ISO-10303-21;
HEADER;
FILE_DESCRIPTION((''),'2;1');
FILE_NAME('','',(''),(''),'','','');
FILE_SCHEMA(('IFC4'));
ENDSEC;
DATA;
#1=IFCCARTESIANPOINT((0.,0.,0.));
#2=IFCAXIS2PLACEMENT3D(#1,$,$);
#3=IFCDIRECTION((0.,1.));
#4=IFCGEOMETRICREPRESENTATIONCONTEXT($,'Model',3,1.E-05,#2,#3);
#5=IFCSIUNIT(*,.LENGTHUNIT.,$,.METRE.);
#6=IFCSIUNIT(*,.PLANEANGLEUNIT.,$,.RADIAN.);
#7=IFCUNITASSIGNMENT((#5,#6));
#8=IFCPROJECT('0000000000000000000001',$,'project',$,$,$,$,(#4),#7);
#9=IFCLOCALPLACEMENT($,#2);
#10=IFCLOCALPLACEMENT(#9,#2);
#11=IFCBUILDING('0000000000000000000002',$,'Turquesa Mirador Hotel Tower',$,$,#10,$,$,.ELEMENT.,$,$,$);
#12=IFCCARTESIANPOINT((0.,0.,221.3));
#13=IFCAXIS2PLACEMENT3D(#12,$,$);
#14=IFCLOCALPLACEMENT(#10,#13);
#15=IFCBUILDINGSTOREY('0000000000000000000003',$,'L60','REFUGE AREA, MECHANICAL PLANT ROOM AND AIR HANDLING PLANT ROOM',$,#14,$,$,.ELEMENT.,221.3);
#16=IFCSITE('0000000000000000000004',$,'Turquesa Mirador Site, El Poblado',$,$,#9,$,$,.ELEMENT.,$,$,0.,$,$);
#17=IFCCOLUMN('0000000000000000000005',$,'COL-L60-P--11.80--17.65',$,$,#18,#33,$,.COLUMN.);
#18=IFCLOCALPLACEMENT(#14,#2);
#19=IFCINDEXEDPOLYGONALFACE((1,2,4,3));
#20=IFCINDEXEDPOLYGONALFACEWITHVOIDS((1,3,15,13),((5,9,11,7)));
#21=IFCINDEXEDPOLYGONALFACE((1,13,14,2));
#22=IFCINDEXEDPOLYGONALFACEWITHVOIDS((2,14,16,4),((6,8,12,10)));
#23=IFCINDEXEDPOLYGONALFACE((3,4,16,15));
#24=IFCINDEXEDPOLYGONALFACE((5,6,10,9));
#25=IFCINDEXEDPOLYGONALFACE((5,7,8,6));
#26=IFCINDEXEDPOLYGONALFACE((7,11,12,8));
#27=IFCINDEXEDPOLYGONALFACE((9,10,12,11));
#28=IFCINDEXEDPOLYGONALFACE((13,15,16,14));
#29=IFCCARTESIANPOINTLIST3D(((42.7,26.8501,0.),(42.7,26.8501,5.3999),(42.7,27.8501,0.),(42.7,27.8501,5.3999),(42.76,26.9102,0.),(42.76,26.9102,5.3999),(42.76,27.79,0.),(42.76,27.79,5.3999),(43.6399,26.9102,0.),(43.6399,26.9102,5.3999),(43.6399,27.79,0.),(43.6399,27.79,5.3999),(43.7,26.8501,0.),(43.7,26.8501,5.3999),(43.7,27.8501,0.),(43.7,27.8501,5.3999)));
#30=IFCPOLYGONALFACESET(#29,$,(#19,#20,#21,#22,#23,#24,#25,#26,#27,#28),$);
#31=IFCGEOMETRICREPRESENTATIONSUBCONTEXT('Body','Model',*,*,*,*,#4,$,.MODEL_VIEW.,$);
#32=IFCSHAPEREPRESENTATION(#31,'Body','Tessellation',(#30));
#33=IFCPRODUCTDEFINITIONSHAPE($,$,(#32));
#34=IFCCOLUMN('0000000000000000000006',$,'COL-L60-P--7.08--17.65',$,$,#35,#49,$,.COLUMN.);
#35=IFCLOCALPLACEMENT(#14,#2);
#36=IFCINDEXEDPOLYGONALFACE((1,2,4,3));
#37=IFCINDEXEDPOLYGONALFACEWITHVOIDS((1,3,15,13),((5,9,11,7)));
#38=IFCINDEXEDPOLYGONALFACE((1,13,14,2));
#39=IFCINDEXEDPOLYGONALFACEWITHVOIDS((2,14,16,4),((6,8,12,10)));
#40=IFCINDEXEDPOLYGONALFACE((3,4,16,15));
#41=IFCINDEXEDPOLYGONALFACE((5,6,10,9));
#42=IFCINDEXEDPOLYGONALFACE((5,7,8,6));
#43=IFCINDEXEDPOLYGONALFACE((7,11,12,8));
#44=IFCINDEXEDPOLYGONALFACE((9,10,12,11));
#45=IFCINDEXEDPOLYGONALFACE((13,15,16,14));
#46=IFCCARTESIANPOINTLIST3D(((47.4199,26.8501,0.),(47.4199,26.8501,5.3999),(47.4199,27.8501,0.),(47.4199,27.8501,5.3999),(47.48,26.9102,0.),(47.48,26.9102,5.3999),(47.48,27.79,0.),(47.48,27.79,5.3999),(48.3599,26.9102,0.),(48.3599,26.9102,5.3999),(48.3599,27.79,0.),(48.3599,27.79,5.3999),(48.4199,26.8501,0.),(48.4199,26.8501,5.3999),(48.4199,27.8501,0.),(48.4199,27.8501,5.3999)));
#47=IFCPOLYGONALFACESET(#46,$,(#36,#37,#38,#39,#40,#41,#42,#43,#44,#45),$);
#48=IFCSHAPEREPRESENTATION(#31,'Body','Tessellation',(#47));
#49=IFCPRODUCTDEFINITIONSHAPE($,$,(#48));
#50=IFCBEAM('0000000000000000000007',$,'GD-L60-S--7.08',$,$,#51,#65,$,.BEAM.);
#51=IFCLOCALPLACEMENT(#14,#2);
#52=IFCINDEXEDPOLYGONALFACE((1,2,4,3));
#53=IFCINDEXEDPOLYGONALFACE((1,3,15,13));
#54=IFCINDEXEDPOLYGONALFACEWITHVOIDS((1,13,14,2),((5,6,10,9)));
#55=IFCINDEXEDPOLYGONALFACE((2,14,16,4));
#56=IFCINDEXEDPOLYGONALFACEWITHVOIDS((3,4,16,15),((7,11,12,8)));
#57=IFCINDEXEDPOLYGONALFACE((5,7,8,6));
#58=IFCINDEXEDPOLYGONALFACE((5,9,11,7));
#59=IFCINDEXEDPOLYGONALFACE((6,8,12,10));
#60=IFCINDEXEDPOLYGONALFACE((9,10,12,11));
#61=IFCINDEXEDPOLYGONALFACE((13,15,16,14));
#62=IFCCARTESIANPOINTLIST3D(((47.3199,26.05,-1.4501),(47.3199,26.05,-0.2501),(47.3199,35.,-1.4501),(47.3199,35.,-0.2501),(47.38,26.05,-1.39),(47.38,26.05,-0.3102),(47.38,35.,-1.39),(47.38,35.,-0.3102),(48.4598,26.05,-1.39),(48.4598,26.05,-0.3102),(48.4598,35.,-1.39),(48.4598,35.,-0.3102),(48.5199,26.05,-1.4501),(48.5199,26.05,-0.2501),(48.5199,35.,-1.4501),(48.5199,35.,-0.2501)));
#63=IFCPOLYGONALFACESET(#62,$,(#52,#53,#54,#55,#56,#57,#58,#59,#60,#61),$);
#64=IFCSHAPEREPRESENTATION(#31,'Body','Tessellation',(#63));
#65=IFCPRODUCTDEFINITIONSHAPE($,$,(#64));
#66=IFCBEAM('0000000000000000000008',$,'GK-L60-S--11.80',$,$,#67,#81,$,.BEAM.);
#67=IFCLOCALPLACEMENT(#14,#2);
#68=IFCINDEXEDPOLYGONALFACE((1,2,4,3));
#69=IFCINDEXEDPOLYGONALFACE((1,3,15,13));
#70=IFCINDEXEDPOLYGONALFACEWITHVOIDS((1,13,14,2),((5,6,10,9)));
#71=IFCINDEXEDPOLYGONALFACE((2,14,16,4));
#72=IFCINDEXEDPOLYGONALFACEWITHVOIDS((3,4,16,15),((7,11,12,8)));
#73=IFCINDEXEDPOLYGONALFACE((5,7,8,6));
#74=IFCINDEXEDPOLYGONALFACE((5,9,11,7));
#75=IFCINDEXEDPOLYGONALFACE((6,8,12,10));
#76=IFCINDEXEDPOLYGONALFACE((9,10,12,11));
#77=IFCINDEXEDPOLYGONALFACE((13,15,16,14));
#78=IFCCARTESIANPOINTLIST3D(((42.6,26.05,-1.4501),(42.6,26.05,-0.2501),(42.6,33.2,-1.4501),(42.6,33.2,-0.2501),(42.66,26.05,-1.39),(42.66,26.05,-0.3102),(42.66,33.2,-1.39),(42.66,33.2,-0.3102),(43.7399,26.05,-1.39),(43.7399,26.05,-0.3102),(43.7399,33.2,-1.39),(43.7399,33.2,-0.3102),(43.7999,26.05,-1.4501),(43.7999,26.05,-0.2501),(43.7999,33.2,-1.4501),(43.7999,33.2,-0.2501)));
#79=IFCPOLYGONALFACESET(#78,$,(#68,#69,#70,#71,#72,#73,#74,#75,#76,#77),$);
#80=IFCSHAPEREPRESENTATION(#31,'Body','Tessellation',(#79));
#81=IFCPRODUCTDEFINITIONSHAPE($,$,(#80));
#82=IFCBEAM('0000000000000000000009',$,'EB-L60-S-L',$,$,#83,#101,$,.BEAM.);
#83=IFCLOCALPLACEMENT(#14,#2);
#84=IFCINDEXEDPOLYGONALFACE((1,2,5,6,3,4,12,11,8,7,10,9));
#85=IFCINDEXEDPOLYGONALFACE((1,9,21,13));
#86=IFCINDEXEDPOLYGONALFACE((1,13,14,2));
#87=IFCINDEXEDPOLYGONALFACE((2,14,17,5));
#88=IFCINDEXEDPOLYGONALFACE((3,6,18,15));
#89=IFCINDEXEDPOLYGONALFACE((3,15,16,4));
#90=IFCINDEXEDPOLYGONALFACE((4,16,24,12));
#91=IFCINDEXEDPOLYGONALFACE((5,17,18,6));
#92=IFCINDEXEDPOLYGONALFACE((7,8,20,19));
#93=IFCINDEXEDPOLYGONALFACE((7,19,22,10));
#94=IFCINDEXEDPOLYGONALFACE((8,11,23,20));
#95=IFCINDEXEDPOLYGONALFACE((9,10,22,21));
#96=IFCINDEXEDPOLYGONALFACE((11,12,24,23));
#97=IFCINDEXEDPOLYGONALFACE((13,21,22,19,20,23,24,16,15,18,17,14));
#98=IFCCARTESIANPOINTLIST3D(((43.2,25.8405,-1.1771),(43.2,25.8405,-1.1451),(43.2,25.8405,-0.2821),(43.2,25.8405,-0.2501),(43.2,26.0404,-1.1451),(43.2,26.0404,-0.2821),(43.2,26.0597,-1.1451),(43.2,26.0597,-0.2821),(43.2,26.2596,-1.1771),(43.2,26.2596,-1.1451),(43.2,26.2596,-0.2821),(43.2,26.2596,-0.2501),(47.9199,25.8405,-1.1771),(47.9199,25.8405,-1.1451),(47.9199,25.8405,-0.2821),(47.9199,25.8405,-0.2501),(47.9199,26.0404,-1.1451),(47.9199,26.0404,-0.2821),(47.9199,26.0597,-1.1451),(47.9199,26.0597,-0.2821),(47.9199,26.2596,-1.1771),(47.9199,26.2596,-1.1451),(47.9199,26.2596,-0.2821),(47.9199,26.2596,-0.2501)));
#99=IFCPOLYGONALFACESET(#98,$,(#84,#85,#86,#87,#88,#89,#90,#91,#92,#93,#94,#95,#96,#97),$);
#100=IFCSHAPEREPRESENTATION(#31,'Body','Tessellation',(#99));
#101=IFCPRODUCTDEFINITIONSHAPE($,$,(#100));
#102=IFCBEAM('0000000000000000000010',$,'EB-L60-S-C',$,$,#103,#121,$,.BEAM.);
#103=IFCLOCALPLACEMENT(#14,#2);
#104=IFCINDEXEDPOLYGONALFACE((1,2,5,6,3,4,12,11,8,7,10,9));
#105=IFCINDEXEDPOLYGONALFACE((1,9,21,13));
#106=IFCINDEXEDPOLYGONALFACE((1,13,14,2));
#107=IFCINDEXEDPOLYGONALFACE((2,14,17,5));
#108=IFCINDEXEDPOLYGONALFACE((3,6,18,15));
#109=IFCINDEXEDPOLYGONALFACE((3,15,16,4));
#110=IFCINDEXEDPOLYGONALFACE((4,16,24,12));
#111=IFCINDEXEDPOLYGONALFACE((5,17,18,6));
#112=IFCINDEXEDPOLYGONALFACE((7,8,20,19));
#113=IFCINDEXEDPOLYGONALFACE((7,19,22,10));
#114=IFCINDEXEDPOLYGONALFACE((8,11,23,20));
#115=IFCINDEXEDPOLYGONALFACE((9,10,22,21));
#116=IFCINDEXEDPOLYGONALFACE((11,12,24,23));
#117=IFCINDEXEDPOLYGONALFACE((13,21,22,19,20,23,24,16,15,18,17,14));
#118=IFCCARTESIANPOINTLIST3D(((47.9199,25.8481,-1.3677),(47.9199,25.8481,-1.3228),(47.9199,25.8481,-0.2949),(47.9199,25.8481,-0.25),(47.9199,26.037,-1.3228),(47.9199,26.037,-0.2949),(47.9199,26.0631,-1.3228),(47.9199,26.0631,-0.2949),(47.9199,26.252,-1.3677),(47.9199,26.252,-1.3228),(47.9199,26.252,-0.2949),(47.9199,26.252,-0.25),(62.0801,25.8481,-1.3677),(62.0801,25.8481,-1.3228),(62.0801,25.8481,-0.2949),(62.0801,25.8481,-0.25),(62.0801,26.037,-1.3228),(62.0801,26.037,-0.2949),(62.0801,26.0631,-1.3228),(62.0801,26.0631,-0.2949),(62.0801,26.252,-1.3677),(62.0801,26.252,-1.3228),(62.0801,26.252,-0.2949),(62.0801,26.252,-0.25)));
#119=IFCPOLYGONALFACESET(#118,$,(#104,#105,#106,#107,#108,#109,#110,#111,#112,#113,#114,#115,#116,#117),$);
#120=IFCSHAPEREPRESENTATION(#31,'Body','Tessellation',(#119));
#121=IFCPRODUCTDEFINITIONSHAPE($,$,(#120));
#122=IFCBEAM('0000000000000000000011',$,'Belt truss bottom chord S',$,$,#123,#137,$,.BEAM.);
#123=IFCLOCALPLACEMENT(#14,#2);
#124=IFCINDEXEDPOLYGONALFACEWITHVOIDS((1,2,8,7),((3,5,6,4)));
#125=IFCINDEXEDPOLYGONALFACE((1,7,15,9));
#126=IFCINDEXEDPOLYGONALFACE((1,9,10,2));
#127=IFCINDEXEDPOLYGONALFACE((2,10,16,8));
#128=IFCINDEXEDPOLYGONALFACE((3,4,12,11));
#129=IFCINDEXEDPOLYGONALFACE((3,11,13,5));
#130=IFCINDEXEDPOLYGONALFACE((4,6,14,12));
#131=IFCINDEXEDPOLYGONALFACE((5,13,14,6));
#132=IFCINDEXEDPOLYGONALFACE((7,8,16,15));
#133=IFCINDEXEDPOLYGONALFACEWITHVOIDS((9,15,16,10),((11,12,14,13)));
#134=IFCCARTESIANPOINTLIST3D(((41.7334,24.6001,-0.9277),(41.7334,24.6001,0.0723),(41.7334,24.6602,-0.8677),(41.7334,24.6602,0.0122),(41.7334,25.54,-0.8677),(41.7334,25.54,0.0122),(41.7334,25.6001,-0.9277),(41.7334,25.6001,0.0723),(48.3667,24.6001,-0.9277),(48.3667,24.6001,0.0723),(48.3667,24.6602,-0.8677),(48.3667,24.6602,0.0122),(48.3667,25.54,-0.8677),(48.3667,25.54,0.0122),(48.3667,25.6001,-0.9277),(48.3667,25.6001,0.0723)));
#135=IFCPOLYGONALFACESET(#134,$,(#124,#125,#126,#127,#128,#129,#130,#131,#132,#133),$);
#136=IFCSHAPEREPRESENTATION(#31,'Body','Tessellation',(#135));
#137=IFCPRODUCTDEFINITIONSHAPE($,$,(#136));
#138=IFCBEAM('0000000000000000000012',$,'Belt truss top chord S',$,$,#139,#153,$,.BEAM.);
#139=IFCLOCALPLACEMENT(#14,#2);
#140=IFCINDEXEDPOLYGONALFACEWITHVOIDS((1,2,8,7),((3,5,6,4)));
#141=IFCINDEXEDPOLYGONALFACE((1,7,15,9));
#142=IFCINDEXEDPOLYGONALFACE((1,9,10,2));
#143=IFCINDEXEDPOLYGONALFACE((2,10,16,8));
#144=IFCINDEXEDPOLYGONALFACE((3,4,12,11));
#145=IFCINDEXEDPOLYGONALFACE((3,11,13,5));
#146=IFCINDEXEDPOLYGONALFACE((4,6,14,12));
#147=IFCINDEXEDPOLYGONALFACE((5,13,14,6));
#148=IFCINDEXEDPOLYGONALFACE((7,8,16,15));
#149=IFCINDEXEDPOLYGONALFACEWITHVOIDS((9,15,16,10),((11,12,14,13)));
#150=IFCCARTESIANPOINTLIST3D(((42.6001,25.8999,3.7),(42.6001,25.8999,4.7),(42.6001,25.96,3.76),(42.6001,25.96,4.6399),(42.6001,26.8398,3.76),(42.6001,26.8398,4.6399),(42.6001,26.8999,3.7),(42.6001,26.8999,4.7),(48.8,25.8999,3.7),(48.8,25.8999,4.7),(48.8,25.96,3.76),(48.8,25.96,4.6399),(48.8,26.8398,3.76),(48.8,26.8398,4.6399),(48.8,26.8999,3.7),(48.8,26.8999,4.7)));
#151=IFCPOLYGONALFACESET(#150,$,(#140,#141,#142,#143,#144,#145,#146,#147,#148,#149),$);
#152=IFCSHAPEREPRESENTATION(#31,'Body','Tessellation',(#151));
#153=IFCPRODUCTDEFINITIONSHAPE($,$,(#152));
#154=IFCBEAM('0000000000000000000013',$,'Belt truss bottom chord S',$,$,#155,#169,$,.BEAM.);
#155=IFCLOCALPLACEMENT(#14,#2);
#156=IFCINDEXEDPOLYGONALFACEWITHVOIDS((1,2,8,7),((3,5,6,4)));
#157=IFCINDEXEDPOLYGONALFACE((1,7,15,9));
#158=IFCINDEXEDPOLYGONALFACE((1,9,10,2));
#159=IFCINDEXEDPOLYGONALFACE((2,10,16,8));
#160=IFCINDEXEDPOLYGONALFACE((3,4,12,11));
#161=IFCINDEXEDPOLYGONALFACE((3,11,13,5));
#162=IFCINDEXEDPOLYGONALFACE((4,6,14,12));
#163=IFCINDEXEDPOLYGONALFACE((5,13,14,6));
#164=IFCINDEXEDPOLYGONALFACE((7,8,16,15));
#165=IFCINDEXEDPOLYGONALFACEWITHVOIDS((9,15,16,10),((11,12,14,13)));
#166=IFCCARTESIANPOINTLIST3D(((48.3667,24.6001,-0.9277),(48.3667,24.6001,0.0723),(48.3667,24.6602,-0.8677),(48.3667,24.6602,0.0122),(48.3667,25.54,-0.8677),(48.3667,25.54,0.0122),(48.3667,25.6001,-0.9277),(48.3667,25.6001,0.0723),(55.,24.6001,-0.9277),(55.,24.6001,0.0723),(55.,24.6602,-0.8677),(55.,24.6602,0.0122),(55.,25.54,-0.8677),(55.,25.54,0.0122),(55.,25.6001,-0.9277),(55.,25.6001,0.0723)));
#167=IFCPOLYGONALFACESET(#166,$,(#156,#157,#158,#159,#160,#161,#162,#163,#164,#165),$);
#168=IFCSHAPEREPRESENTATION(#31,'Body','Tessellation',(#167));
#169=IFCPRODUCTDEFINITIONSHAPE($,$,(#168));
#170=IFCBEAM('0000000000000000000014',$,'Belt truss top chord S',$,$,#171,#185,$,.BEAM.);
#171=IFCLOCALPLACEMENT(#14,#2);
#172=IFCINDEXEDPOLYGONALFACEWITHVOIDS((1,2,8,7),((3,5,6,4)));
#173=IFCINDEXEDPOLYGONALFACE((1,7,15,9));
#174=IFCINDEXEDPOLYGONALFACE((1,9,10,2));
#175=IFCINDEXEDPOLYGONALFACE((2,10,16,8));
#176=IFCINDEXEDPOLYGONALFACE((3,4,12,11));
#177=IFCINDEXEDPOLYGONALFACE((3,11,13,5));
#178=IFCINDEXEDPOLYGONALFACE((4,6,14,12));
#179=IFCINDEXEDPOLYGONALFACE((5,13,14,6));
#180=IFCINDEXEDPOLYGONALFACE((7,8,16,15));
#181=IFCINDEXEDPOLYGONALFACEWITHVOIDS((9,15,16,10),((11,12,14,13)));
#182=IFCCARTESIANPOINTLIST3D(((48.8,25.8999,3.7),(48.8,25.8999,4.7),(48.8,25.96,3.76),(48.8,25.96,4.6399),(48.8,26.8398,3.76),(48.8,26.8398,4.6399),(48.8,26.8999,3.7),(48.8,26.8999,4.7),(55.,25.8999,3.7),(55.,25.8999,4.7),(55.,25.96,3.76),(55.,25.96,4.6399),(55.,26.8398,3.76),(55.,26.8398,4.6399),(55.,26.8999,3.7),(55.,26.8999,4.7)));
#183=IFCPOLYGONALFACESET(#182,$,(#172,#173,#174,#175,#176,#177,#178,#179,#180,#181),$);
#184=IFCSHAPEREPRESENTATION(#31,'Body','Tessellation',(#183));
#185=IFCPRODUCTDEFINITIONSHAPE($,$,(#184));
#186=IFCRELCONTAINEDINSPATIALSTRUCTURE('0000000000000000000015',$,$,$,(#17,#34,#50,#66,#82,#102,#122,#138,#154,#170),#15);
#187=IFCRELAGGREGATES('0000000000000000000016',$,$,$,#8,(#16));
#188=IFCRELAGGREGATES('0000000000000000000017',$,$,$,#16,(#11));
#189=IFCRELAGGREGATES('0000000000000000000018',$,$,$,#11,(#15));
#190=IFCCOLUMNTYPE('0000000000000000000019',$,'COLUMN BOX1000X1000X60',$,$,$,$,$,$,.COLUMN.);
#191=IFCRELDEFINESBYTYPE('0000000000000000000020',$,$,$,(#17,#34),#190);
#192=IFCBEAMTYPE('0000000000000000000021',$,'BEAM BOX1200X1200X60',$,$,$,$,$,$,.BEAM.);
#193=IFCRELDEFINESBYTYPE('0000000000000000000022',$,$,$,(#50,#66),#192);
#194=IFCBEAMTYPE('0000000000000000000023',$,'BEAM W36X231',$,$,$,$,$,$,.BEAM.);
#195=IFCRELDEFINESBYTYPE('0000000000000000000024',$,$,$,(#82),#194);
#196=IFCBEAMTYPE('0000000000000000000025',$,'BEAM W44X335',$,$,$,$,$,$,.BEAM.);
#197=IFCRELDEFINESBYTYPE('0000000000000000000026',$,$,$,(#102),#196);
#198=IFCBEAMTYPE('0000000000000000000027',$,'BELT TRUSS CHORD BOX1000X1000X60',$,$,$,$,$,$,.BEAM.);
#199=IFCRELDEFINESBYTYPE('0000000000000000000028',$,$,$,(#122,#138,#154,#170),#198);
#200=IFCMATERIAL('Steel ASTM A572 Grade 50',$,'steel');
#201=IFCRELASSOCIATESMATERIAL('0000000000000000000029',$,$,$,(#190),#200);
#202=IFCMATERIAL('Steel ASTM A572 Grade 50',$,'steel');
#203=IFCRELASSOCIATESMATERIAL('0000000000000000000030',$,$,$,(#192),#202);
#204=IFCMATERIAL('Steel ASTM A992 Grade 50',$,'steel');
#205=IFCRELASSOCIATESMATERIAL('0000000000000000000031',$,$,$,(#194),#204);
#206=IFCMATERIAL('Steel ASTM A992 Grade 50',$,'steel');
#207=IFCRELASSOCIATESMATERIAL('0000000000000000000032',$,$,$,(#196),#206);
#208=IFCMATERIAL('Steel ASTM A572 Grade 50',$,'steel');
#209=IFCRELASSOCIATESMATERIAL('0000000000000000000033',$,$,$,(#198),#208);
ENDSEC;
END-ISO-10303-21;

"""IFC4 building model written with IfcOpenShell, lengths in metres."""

from ifc_helpers import new_model, si_unit, direction, frame, origin, origin_2d, place, context, subcontext, project, spatial, hollow_rectangle, i_section, extrude, material, material_profile, profile_set, type_object, element, save


model = new_model("IFC4")

# Units and contexts
model_context = context("Model", 3, precision=1e-05, world=origin(), true_north=direction((0.0, 1.0)))
body_context = subcontext(model_context, "Body", "Model", "MODEL_VIEW")
ifc_project = project(units=[si_unit("LENGTHUNIT", "METRE"), si_unit("PLANEANGLEUNIT", "RADIAN")], contexts=[model_context])

# Site, building, storey
site_placement = place(None, origin())
site = spatial("IfcSite", under=ifc_project, at=site_placement, Name="Turquesa Mirador Site, El Poblado", CompositionType="ELEMENT", RefElevation=0.0)
building_placement = place(site_placement, origin())
building = spatial("IfcBuilding", under=site, at=building_placement, Name="Turquesa Mirador Hotel Tower", CompositionType="ELEMENT")
storey_placement = place(building_placement, frame((0.0, 0.0, 221.3)))
storey = spatial("IfcBuildingStorey", under=building, at=storey_placement, Name="L60", Description="REFUGE AREA, MECHANICAL PLANT ROOM AND AIR HANDLING PLANT ROOM", CompositionType="ELEMENT", Elevation=221.3)

# Columns
ifc_material_1 = material(Name="Steel ASTM A572 Grade 50", Category="steel")
ifc_material_profile_1 = material_profile(ifc_material_1, hollow_rectangle(XDim=1.0, YDim=1.0, WallThickness=0.0601, at=origin_2d()), Name="BOX1000X1000X60")
ifc_profile_set_1 = profile_set([ifc_material_profile_1], Name="Steel ASTM A572 Grade 50")
column_type = type_object("IfcColumnType", Name="COLUMN BOX1000X1000X60", PredefinedType="COLUMN", material=ifc_profile_set_1)
for number, where, z_axis, x_axis, name in (
    (1, (43.2, 27.3501, 0.0), (0.0, 0.0, 1.0), (1.0, 0.0, 0.0), "COL-L60-P--11.80--17.65"),
    (2, (47.9199, 27.3501, 0.0), (0.0, 0.0, 1.0), (1.0, 0.0, 0.0), "COL-L60-P--7.08--17.65"),
):
    element("IfcColumn", number, at=place(storey_placement, frame(where, z_axis=z_axis, x_axis=x_axis)), inside=storey, type_object=column_type, Name=name, PredefinedType="COLUMN", context=body_context, shape_type="SweptSolid", body=[
        extrude(hollow_rectangle(XDim=1.0, YDim=1.0, WallThickness=0.0601, at=origin_2d()), origin(), (0.0, 0.0, 1.0), 5.3999),
    ])

# Beams
ifc_material_2 = material(Name="Steel ASTM A572 Grade 50", Category="steel")
ifc_material_profile_2 = material_profile(ifc_material_2, hollow_rectangle(XDim=1.2, YDim=1.2, WallThickness=0.0601, at=origin_2d()), Name="BOX1200X1200X60")
ifc_profile_set_2 = profile_set([ifc_material_profile_2], Name="Steel ASTM A572 Grade 50")
beam_type_1 = type_object("IfcBeamType", Name="BEAM BOX1200X1200X60", PredefinedType="BEAM", material=ifc_profile_set_2)
beam_1_placement = place(storey_placement, frame((47.9199, 26.05, -0.8501), z_axis=(0.0, 1.0, 0.0), x_axis=(-1.0, 0.0, 0.0)))
element("IfcBeam", 3, at=beam_1_placement, inside=storey, type_object=beam_type_1, Name="GD-L60-S--7.08", PredefinedType="BEAM", context=body_context, shape_type="SweptSolid", body=[
    extrude(hollow_rectangle(XDim=1.2, YDim=1.2, WallThickness=0.0601, at=origin_2d()), origin(), (0.0, 0.0, 1.0), 8.95),
])
beam_2_placement = place(storey_placement, frame((43.2, 26.05, -0.8501), z_axis=(0.0, 1.0, 0.0), x_axis=(-1.0, 0.0, 0.0)))
element("IfcBeam", 4, at=beam_2_placement, inside=storey, type_object=beam_type_1, Name="GK-L60-S--11.80", PredefinedType="BEAM", context=body_context, shape_type="SweptSolid", body=[
    extrude(hollow_rectangle(XDim=1.2, YDim=1.2, WallThickness=0.0601, at=origin_2d()), origin(), (0.0, 0.0, 1.0), 7.1499),
])
ifc_material_3 = material(Name="Steel ASTM A992 Grade 50", Category="steel")
ifc_material_profile_3 = material_profile(ifc_material_3, i_section(OverallWidth=0.4192, OverallDepth=0.927, WebThickness=0.0193, FlangeThickness=0.032, at=origin_2d()), Name="W36X231")
ifc_profile_set_3 = profile_set([ifc_material_profile_3], Name="Steel ASTM A992 Grade 50")
beam_type_2 = type_object("IfcBeamType", Name="BEAM W36X231", PredefinedType="BEAM", material=ifc_profile_set_3)
beam_3_placement = place(storey_placement, frame((43.2, 26.05, -0.7136), z_axis=(1.0, 0.0, 0.0), x_axis=(0.0, 1.0, 0.0)))
element("IfcBeam", 5, at=beam_3_placement, inside=storey, type_object=beam_type_2, Name="EB-L60-S-L", PredefinedType="BEAM", context=body_context, shape_type="SweptSolid", body=[
    extrude(i_section(OverallWidth=0.4192, OverallDepth=0.927, WebThickness=0.0193, FlangeThickness=0.032, at=origin_2d()), origin(), (0.0, 0.0, 1.0), 4.72),
])
ifc_material_4 = material(Name="Steel ASTM A992 Grade 50", Category="steel")
ifc_material_profile_4 = material_profile(ifc_material_4, i_section(OverallWidth=0.4038, OverallDepth=1.1177, WebThickness=0.0261, FlangeThickness=0.0449, at=origin_2d()), Name="W44X335")
ifc_profile_set_4 = profile_set([ifc_material_profile_4], Name="Steel ASTM A992 Grade 50")
beam_type_3 = type_object("IfcBeamType", Name="BEAM W44X335", PredefinedType="BEAM", material=ifc_profile_set_4)
beam_4_placement = place(storey_placement, frame((47.9199, 26.05, -0.8088), z_axis=(1.0, 0.0, 0.0), x_axis=(0.0, 1.0, 0.0)))
element("IfcBeam", 6, at=beam_4_placement, inside=storey, type_object=beam_type_3, Name="EB-L60-S-C", PredefinedType="BEAM", context=body_context, shape_type="SweptSolid", body=[
    extrude(i_section(OverallWidth=0.4038, OverallDepth=1.1177, WebThickness=0.0261, FlangeThickness=0.0449, at=origin_2d()), origin(), (0.0, 0.0, 1.0), 14.1602),
])
ifc_material_5 = material(Name="Steel ASTM A572 Grade 50", Category="steel")
ifc_material_profile_5 = material_profile(ifc_material_5, hollow_rectangle(XDim=1.0, YDim=1.0, WallThickness=0.0601, at=origin_2d()), Name="BOX1000X1000X60")
ifc_profile_set_5 = profile_set([ifc_material_profile_5], Name="Steel ASTM A572 Grade 50")
beam_type_4 = type_object("IfcBeamType", Name="BELT TRUSS CHORD BOX1000X1000X60", PredefinedType="BEAM", material=ifc_profile_set_5)
beam_5_placement = place(storey_placement, frame((41.7334, 25.1001, -0.4277), z_axis=(1.0, 0.0, 0.0), x_axis=(0.0, 1.0, 0.0)))
element("IfcBeam", 7, at=beam_5_placement, inside=storey, type_object=beam_type_4, Name="Belt truss bottom chord S", PredefinedType="BEAM", context=body_context, shape_type="SweptSolid", body=[
    extrude(hollow_rectangle(XDim=1.0, YDim=1.0, WallThickness=0.0601, at=origin_2d()), origin(), (0.0, 0.0, 1.0), 6.6333),
])
beam_6_placement = place(storey_placement, frame((42.6001, 26.3999, 4.2), z_axis=(1.0, 0.0, 0.0), x_axis=(0.0, 1.0, 0.0)))
element("IfcBeam", 8, at=beam_6_placement, inside=storey, type_object=beam_type_4, Name="Belt truss top chord S", PredefinedType="BEAM", context=body_context, shape_type="SweptSolid", body=[
    extrude(hollow_rectangle(XDim=1.0, YDim=1.0, WallThickness=0.0601, at=origin_2d()), origin(), (0.0, 0.0, 1.0), 6.2),
])
beam_7_placement = place(storey_placement, frame((48.3667, 25.1001, -0.4277), z_axis=(1.0, 0.0, 0.0), x_axis=(0.0, 1.0, 0.0)))
element("IfcBeam", 9, at=beam_7_placement, inside=storey, type_object=beam_type_4, Name="Belt truss bottom chord S", PredefinedType="BEAM", context=body_context, shape_type="SweptSolid", body=[
    extrude(hollow_rectangle(XDim=1.0, YDim=1.0, WallThickness=0.0601, at=origin_2d()), origin(), (0.0, 0.0, 1.0), 6.6333),
])
beam_8_placement = place(storey_placement, frame((48.8, 26.3999, 4.2), z_axis=(1.0, 0.0, 0.0), x_axis=(0.0, 1.0, 0.0)))
element("IfcBeam", 10, at=beam_8_placement, inside=storey, type_object=beam_type_4, Name="Belt truss top chord S", PredefinedType="BEAM", context=body_context, shape_type="SweptSolid", body=[
    extrude(hollow_rectangle(XDim=1.0, YDim=1.0, WallThickness=0.0601, at=origin_2d()), origin(), (0.0, 0.0, 1.0), 6.2),
])

save(model, "model.ifc")
